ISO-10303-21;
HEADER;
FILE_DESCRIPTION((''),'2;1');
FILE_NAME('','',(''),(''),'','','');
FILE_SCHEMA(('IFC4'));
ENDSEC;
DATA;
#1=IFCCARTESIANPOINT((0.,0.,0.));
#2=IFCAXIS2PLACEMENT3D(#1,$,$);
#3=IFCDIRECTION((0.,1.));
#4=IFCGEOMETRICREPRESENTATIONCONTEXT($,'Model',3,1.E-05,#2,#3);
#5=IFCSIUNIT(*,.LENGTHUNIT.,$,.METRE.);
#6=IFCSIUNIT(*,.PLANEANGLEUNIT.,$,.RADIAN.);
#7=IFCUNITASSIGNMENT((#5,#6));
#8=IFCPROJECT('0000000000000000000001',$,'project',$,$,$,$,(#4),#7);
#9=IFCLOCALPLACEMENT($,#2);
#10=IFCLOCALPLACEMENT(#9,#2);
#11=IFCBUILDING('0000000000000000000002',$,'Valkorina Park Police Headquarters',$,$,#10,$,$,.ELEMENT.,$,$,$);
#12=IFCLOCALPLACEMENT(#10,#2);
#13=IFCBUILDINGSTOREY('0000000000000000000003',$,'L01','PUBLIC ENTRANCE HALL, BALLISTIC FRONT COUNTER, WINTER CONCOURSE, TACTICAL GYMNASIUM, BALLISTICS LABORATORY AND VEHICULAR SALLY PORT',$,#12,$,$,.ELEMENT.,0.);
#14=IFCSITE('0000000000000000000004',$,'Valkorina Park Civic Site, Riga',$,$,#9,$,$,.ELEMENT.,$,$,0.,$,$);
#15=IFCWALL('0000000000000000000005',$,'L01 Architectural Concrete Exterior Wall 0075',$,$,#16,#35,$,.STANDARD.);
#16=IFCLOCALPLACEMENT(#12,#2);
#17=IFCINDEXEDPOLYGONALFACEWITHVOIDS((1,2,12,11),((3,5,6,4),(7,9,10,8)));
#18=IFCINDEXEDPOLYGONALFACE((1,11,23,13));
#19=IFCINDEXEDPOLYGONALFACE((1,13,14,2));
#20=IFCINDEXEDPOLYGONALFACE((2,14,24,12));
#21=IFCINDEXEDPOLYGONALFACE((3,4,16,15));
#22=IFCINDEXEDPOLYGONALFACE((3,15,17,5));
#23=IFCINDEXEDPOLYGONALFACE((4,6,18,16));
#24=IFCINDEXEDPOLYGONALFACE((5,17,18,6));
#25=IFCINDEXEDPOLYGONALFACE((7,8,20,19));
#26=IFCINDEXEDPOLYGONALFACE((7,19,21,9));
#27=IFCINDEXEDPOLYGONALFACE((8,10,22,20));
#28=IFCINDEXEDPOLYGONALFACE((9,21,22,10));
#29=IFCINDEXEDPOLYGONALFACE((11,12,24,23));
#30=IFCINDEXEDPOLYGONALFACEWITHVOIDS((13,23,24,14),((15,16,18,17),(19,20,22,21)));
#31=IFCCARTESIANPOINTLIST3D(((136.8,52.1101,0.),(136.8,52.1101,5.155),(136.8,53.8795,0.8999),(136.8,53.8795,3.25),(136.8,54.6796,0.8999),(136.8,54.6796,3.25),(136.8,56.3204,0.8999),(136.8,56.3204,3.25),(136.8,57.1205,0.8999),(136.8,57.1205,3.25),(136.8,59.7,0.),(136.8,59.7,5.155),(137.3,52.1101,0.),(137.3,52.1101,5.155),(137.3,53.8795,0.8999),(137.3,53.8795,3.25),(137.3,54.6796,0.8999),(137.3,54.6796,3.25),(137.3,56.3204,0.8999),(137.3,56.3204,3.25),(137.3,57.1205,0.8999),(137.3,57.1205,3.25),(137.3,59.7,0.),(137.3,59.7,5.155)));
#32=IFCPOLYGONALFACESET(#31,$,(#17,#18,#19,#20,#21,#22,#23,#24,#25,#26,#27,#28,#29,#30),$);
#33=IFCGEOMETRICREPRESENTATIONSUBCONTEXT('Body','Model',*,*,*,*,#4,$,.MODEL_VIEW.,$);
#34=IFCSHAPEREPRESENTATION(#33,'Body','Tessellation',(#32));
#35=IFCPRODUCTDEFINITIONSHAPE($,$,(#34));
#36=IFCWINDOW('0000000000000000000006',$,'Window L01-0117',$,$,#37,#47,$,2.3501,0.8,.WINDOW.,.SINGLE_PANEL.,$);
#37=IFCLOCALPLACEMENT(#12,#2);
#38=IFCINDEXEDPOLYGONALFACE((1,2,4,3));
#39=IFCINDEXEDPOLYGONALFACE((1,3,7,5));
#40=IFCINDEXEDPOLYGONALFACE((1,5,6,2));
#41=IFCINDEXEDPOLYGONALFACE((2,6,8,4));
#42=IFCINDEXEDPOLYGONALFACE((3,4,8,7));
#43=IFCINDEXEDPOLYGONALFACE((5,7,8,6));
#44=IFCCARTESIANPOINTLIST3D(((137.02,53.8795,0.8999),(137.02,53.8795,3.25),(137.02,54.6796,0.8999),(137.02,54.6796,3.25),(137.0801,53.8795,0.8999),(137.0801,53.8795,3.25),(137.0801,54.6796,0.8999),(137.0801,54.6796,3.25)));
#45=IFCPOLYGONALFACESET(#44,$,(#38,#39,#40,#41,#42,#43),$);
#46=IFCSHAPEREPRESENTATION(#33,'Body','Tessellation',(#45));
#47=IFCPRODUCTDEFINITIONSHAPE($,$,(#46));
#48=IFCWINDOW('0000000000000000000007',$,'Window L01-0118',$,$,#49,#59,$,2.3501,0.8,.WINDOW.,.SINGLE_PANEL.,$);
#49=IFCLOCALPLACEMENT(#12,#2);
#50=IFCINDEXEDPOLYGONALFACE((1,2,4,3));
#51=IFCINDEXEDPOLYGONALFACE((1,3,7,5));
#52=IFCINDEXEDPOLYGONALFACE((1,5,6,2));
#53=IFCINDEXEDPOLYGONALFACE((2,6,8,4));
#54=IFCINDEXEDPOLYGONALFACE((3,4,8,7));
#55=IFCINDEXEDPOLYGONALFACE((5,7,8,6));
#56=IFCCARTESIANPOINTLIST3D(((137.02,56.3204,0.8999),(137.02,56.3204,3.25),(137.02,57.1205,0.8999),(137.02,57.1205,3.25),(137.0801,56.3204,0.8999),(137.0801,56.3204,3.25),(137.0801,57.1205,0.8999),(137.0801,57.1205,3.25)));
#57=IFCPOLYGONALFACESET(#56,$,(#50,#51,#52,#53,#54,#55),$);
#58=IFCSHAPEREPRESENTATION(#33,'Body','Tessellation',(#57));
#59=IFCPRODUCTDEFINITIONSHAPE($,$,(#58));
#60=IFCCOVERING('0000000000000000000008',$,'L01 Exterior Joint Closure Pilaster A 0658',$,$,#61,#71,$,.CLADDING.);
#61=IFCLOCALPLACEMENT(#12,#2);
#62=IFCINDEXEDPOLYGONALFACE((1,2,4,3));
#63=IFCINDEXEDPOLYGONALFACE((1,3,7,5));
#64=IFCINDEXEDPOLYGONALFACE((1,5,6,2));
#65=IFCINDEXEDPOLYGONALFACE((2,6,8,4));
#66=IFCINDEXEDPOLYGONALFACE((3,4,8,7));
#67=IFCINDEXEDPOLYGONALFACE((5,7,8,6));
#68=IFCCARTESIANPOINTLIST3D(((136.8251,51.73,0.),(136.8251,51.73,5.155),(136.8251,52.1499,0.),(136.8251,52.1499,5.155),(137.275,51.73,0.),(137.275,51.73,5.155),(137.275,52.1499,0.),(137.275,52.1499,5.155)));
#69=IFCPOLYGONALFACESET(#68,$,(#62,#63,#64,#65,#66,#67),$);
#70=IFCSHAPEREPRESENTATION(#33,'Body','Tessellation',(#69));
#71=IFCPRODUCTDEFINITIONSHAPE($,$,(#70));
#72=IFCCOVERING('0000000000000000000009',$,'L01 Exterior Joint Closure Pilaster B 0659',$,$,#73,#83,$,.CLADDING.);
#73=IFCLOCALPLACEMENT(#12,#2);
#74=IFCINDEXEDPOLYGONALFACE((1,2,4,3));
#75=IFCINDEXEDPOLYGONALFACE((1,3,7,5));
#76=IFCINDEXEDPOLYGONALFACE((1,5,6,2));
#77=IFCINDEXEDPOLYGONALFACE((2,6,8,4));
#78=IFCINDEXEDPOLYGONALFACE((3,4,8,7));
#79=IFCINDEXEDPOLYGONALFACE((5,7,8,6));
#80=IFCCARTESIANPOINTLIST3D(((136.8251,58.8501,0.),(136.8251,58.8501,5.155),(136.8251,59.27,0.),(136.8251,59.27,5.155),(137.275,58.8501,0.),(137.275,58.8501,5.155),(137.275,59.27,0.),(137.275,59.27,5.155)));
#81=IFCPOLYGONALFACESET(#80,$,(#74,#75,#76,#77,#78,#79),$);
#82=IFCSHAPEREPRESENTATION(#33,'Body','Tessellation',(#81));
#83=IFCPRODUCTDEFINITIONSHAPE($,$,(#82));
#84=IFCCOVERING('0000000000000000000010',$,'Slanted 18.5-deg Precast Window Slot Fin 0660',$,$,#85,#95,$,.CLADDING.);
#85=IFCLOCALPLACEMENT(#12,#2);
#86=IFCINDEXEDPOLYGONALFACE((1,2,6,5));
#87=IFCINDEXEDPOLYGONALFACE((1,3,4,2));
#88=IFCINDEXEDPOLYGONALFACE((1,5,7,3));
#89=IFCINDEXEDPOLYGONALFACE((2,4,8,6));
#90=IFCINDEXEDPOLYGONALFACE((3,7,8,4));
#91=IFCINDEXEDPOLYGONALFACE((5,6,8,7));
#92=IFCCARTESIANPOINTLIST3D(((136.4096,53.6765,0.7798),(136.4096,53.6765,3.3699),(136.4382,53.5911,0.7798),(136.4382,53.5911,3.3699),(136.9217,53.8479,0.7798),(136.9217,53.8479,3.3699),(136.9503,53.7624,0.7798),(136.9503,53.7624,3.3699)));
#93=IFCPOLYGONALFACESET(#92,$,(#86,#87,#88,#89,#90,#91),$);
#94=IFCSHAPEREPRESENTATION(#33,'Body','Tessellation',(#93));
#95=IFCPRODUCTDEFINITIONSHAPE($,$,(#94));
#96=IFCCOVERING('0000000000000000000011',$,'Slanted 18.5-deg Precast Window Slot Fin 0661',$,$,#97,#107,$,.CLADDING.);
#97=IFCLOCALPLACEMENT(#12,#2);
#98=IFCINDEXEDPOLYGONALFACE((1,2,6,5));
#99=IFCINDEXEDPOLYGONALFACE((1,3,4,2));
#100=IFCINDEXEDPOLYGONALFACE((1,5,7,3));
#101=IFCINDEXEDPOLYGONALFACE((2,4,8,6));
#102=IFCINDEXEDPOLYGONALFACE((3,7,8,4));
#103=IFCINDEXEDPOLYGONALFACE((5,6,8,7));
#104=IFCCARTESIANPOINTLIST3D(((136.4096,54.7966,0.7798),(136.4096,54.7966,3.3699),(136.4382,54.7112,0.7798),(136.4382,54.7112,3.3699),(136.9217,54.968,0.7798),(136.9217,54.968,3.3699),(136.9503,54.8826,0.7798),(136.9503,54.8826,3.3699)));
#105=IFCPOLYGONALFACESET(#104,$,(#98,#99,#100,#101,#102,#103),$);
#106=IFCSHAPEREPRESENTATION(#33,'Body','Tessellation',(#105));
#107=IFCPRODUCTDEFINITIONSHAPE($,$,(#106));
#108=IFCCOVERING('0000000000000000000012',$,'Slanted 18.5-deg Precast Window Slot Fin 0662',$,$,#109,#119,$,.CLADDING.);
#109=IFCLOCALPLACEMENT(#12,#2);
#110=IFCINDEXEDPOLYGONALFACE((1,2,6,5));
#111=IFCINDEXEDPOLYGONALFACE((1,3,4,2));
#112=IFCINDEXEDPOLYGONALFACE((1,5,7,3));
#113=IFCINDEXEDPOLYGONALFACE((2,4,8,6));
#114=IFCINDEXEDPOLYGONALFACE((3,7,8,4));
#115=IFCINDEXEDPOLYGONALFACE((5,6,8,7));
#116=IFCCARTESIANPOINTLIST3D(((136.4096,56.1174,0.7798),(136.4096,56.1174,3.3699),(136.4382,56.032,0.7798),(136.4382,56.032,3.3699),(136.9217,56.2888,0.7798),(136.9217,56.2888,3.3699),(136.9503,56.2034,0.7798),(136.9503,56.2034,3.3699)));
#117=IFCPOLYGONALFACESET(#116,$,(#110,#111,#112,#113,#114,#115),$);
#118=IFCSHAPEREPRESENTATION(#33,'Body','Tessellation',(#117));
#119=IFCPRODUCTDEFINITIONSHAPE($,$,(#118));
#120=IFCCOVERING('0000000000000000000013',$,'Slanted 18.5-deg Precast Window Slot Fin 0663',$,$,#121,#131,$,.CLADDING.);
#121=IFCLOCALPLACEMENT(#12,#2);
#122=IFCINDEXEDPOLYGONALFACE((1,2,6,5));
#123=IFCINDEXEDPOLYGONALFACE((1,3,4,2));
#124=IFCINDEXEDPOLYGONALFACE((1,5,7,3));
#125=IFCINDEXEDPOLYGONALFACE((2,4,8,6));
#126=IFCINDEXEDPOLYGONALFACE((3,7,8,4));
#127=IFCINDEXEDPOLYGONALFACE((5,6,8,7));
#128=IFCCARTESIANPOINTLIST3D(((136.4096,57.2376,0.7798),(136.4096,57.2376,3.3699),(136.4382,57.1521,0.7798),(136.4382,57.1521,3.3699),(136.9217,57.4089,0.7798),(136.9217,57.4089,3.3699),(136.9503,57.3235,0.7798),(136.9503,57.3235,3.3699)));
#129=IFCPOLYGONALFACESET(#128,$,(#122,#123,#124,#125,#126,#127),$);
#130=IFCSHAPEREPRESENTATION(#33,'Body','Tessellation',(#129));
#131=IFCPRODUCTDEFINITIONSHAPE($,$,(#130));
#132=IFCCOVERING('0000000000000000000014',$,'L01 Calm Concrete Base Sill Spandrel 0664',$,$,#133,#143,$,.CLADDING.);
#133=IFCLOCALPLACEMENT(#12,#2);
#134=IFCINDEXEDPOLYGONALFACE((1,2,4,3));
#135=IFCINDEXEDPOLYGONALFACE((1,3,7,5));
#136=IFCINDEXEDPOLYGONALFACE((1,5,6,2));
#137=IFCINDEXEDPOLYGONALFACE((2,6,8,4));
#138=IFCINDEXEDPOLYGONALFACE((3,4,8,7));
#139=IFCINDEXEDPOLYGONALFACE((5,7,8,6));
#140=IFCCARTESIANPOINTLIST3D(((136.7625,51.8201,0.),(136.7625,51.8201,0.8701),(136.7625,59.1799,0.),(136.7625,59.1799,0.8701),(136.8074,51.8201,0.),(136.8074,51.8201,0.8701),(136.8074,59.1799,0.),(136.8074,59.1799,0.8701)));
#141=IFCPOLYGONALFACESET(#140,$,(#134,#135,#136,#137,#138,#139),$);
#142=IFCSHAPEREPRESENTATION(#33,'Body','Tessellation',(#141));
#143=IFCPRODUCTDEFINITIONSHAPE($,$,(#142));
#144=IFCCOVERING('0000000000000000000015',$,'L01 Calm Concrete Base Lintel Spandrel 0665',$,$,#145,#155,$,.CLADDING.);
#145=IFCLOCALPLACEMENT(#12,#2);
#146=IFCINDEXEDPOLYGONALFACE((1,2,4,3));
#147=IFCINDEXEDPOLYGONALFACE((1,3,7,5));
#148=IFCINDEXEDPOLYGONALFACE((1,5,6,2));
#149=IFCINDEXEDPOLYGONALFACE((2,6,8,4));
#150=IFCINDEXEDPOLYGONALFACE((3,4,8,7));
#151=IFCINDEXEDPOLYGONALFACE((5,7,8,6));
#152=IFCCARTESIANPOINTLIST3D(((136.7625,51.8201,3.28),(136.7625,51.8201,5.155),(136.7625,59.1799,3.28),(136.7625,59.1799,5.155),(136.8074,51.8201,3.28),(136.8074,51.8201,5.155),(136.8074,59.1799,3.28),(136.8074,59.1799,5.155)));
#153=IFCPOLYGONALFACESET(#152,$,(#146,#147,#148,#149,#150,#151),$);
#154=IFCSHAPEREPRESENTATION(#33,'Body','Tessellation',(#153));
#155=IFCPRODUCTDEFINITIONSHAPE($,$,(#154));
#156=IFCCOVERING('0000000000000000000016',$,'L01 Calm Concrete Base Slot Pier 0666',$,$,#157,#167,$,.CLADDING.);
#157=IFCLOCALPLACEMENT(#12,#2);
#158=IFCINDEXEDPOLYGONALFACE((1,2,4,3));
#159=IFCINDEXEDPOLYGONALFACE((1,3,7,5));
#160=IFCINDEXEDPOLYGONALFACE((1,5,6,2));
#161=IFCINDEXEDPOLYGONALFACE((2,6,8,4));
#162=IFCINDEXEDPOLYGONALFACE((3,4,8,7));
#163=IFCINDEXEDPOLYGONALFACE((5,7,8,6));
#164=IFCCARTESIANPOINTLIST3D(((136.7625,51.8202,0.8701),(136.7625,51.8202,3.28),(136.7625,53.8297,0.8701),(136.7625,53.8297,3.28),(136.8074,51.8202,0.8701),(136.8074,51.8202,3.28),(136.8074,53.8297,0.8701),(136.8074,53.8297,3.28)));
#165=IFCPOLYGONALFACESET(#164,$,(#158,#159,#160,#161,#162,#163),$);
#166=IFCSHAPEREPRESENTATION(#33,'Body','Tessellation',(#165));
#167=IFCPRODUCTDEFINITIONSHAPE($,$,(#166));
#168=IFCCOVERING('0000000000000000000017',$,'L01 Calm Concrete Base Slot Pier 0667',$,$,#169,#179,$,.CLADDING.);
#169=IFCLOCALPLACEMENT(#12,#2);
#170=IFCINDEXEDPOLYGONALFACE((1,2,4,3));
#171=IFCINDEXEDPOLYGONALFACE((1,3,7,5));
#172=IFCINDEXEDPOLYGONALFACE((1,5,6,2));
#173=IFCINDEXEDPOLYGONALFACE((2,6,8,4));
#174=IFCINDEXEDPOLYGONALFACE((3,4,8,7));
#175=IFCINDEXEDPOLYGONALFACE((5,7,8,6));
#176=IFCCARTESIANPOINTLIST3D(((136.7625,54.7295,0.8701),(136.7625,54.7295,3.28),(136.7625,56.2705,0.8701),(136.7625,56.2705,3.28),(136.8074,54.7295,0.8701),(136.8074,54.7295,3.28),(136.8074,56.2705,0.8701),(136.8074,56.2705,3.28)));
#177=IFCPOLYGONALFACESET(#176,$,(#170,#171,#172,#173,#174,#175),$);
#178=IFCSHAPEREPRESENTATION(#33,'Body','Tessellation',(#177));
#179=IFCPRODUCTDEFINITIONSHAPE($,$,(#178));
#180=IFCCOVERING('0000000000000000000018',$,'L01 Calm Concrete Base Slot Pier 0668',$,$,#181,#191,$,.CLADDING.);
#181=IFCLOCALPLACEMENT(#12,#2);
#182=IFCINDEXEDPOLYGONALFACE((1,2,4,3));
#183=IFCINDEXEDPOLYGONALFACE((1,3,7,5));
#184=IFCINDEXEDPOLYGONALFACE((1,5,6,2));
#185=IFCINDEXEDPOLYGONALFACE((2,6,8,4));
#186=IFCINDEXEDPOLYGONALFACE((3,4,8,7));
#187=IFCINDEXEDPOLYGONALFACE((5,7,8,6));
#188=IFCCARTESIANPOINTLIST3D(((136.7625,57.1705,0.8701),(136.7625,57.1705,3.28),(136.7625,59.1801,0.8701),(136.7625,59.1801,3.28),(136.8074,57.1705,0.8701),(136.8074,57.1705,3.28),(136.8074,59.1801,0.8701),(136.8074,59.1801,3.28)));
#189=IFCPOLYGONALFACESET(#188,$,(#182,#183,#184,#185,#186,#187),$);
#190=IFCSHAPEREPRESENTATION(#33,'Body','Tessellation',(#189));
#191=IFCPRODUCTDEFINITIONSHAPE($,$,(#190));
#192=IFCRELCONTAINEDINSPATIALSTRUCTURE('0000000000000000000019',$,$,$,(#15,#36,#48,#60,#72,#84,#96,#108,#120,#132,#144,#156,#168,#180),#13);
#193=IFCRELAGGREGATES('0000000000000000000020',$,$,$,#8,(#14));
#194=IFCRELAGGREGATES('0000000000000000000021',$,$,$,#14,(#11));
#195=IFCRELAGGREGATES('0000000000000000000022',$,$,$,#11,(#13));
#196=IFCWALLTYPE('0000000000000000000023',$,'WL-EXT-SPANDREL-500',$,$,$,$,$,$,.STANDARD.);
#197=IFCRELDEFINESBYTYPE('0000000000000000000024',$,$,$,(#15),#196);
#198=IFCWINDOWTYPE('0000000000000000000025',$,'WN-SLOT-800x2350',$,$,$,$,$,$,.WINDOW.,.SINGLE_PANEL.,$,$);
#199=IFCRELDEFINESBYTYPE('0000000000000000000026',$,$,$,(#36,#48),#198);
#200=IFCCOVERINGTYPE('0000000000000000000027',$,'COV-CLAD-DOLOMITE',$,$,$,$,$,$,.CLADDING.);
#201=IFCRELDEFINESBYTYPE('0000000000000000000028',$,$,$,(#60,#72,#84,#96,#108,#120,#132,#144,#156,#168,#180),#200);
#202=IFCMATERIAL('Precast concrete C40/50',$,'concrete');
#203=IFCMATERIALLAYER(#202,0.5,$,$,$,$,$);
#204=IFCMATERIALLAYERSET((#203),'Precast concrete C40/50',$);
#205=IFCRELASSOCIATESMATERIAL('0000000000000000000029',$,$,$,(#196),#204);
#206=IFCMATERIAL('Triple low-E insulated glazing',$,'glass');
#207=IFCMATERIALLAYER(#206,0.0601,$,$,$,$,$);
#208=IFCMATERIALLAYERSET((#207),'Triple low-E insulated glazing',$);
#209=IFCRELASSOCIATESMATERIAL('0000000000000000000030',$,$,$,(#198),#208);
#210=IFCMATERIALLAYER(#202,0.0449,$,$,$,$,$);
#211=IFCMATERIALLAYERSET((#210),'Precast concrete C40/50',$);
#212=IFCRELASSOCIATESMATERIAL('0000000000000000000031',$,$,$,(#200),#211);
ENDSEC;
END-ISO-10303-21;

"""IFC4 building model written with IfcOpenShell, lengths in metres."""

from ifc_helpers import new_model, si_unit, direction, frame, frame_2d, origin, origin_2d, place, context, subcontext, project, spatial, rectangle, extrude, material, layer, layer_set, type_object, element, fill, save


model = new_model("IFC4")

# Units and contexts
model_context = context("Model", 3, precision=1e-05, world=origin(), true_north=direction((0.0, 1.0)))
body_context = subcontext(model_context, "Body", "Model", "MODEL_VIEW")
ifc_project = project(units=[si_unit("LENGTHUNIT", "METRE"), si_unit("PLANEANGLEUNIT", "RADIAN")], contexts=[model_context])

# Site, building, storey
site_placement = place(None, origin())
site = spatial("IfcSite", under=ifc_project, at=site_placement, Name="Valkorina Park Civic Site, Riga", CompositionType="ELEMENT", RefElevation=0.0)
building_placement = place(site_placement, origin())
building = spatial("IfcBuilding", under=site, at=building_placement, Name="Valkorina Park Police Headquarters", CompositionType="ELEMENT")
storey_placement = place(building_placement, origin())
storey = spatial("IfcBuildingStorey", under=building, at=storey_placement, Name="L01", Description="PUBLIC ENTRANCE HALL, BALLISTIC FRONT COUNTER, WINTER CONCOURSE, TACTICAL GYMNASIUM, BALLISTICS LABORATORY AND VEHICULAR SALLY PORT", CompositionType="ELEMENT", Elevation=0.0)

# Wall, openings, windows
ifc_material_1 = material(Name="Precast concrete C40/50", Category="concrete")
ifc_layer_1 = layer(ifc_material_1, 0.5)
ifc_layer_set_1 = layer_set([ifc_layer_1], Name="Precast concrete C40/50")
wall_type = type_object("IfcWallType", Name="WL-EXT-SPANDREL-500", PredefinedType="STANDARD", material=ifc_layer_set_1)
wall_placement = place(storey_placement, frame((137.05, 52.1101, 0.0), z_axis=(0.0, 0.0, 1.0), x_axis=(0.0, 1.0, 0.0)))
wall = element("IfcWall", 1, at=wall_placement, inside=storey, type_object=wall_type, Name="L01 Architectural Concrete Exterior Wall 0075", PredefinedType="STANDARD", context=body_context, shape_type="SweptSolid", body=[
    extrude(rectangle(XDim=7.5898, YDim=0.5, at=frame_2d((3.7949, 0.0))), origin(), (0.0, 0.0, 1.0), 5.155),
])
opening_1_placement = place(wall_placement, frame((1.7695, 0.0, 0.8999)))
opening_1 = element("IfcOpeningElement", 2, at=opening_1_placement, cuts=wall, PredefinedType="OPENING", context=body_context, shape_type="SweptSolid", body=[
    extrude(rectangle(XDim=0.8, YDim=2.3501, at=frame_2d((0.3999, 1.175))), frame((0.0, 0.26, 0.0), z_axis=(0.0, -1.0, 0.0), x_axis=(1.0, 0.0, 0.0)), (0.0, 0.0, 1.0), 0.52),
])
opening_2_placement = place(wall_placement, frame((4.2104, 0.0, 0.8999)))
opening_2 = element("IfcOpeningElement", 3, at=opening_2_placement, cuts=wall, PredefinedType="OPENING", context=body_context, shape_type="SweptSolid", body=[
    extrude(rectangle(XDim=0.8, YDim=2.3501, at=frame_2d((0.3999, 1.175))), frame((0.0, 0.26, 0.0), z_axis=(0.0, -1.0, 0.0), x_axis=(1.0, 0.0, 0.0)), (0.0, 0.0, 1.0), 0.52),
])
ifc_material_2 = material(Name="Triple low-E insulated glazing", Category="glass")
ifc_layer_2 = layer(ifc_material_2, 0.0601)
ifc_layer_set_2 = layer_set([ifc_layer_2], Name="Triple low-E insulated glazing")
window_type = type_object("IfcWindowType", Name="WN-SLOT-800x2350", PartitioningType="SINGLE_PANEL", PredefinedType="WINDOW", material=ifc_layer_set_2)
window_1_placement = place(opening_1_placement, origin())
window_1 = element("IfcWindow", 4, at=window_1_placement, inside=storey, type_object=window_type, Name="Window L01-0117", OverallHeight=2.3501, OverallWidth=0.8, PartitioningType="SINGLE_PANEL", PredefinedType="WINDOW", context=body_context, shape_type="SweptSolid", body=[
    extrude(rectangle(XDim=0.8, YDim=2.3501, at=frame_2d((0.3999, 1.175))), frame((0.0, 0.03, 0.0), z_axis=(0.0, -1.0, 0.0), x_axis=(1.0, 0.0, 0.0)), (0.0, 0.0, 1.0), 0.0601),
])
fill(opening_1, window_1)
window_2_placement = place(opening_2_placement, origin())
window_2 = element("IfcWindow", 5, at=window_2_placement, inside=storey, type_object=window_type, Name="Window L01-0118", OverallHeight=2.3501, OverallWidth=0.8, PartitioningType="SINGLE_PANEL", PredefinedType="WINDOW", context=body_context, shape_type="SweptSolid", body=[
    extrude(rectangle(XDim=0.8, YDim=2.3501, at=frame_2d((0.3999, 1.175))), frame((0.0, 0.03, 0.0), z_axis=(0.0, -1.0, 0.0), x_axis=(1.0, 0.0, 0.0)), (0.0, 0.0, 1.0), 0.0601),
])
fill(opening_2, window_2)

# Coverings
ifc_layer_3 = layer(ifc_material_1, 0.0449)
ifc_layer_set_3 = layer_set([ifc_layer_3], Name="Precast concrete C40/50")
covering_type = type_object("IfcCoveringType", Name="COV-CLAD-DOLOMITE", PredefinedType="CLADDING", material=ifc_layer_set_3)
for number, where, z_axis, x_axis, name in (
    (6, (137.05, 51.9399, 0.0), (0.0, 0.0, 1.0), (0.0, 1.0, 0.0), "L01 Exterior Joint Closure Pilaster A 0658"),
    (7, (137.05, 59.0601, 0.0), (0.0, 0.0, 1.0), (0.0, 1.0, 0.0), "L01 Exterior Joint Closure Pilaster B 0659"),
):
    element("IfcCovering", number, at=place(storey_placement, frame(where, z_axis=z_axis, x_axis=x_axis)), inside=storey, type_object=covering_type, Name=name, PredefinedType="CLADDING", context=body_context, shape_type="SweptSolid", body=[
        extrude(rectangle(XDim=0.4199, YDim=0.45, at=origin_2d()), origin(), (0.0, 0.0, 1.0), 5.155),
    ])
for number, where, z_axis, x_axis, name in (
    (8, (136.6799, 53.7195, 0.7798), (0.0, 0.0, 1.0), (-0.948324, -0.317305, 0.0), "Slanted 18.5-deg Precast Window Slot Fin 0660"),
    (9, (136.6799, 54.8396, 0.7798), (0.0, 0.0, 1.0), (-0.948324, -0.317305, 0.0), "Slanted 18.5-deg Precast Window Slot Fin 0661"),
    (10, (136.6799, 56.1604, 0.7798), (0.0, 0.0, 1.0), (-0.948324, -0.317305, 0.0), "Slanted 18.5-deg Precast Window Slot Fin 0662"),
    (11, (136.6799, 57.2805, 0.7798), (0.0, 0.0, 1.0), (-0.948324, -0.317305, 0.0), "Slanted 18.5-deg Precast Window Slot Fin 0663"),
):
    element("IfcCovering", number, at=place(storey_placement, frame(where, z_axis=z_axis, x_axis=x_axis)), inside=storey, type_object=covering_type, Name=name, PredefinedType="CLADDING", context=body_context, shape_type="SweptSolid", body=[
        extrude(rectangle(XDim=0.54, YDim=0.0901, at=origin_2d()), origin(), (0.0, 0.0, 1.0), 2.5901),
    ])
covering_1_placement = place(storey_placement, frame((136.7849, 51.8201, 0.0), z_axis=(0.0, 0.0, 1.0), x_axis=(0.0, 1.0, 0.0)))
element("IfcCovering", 12, at=covering_1_placement, inside=storey, type_object=covering_type, Name="L01 Calm Concrete Base Sill Spandrel 0664", PredefinedType="CLADDING", context=body_context, shape_type="SweptSolid", body=[
    extrude(rectangle(XDim=7.3599, YDim=0.0449, at=frame_2d((3.6799, 0.0))), origin(), (0.0, 0.0, 1.0), 0.8701),
])
covering_2_placement = place(storey_placement, frame((136.7849, 51.8201, 3.28), z_axis=(0.0, 0.0, 1.0), x_axis=(0.0, 1.0, 0.0)))
element("IfcCovering", 13, at=covering_2_placement, inside=storey, type_object=covering_type, Name="L01 Calm Concrete Base Lintel Spandrel 0665", PredefinedType="CLADDING", context=body_context, shape_type="SweptSolid", body=[
    extrude(rectangle(XDim=7.3599, YDim=0.0449, at=frame_2d((3.6799, 0.0))), origin(), (0.0, 0.0, 1.0), 1.875),
])
covering_3_placement = place(storey_placement, frame((136.7849, 51.8201, 0.8701), z_axis=(0.0, 0.0, 1.0), x_axis=(0.0, 1.0, 0.0)))
element("IfcCovering", 14, at=covering_3_placement, inside=storey, type_object=covering_type, Name="L01 Calm Concrete Base Slot Pier 0666", PredefinedType="CLADDING", context=body_context, shape_type="SweptSolid", body=[
    extrude(rectangle(XDim=2.0095, YDim=0.0449, at=frame_2d((1.0049, 0.0))), origin(), (0.0, 0.0, 1.0), 2.4099),
])
covering_4_placement = place(storey_placement, frame((136.7849, 54.7295, 0.8701), z_axis=(0.0, 0.0, 1.0), x_axis=(0.0, 1.0, 0.0)))
element("IfcCovering", 15, at=covering_4_placement, inside=storey, type_object=covering_type, Name="L01 Calm Concrete Base Slot Pier 0667", PredefinedType="CLADDING", context=body_context, shape_type="SweptSolid", body=[
    extrude(rectangle(XDim=1.541, YDim=0.0449, at=frame_2d((0.7705, 0.0))), origin(), (0.0, 0.0, 1.0), 2.4099),
])
covering_5_placement = place(storey_placement, frame((136.7849, 57.1704, 0.8701), z_axis=(0.0, 0.0, 1.0), x_axis=(0.0, 1.0, 0.0)))
element("IfcCovering", 16, at=covering_5_placement, inside=storey, type_object=covering_type, Name="L01 Calm Concrete Base Slot Pier 0668", PredefinedType="CLADDING", context=body_context, shape_type="SweptSolid", body=[
    extrude(rectangle(XDim=2.0095, YDim=0.0449, at=frame_2d((1.0049, 0.0))), origin(), (0.0, 0.0, 1.0), 2.4099),
])

save(model, "model.ifc")
